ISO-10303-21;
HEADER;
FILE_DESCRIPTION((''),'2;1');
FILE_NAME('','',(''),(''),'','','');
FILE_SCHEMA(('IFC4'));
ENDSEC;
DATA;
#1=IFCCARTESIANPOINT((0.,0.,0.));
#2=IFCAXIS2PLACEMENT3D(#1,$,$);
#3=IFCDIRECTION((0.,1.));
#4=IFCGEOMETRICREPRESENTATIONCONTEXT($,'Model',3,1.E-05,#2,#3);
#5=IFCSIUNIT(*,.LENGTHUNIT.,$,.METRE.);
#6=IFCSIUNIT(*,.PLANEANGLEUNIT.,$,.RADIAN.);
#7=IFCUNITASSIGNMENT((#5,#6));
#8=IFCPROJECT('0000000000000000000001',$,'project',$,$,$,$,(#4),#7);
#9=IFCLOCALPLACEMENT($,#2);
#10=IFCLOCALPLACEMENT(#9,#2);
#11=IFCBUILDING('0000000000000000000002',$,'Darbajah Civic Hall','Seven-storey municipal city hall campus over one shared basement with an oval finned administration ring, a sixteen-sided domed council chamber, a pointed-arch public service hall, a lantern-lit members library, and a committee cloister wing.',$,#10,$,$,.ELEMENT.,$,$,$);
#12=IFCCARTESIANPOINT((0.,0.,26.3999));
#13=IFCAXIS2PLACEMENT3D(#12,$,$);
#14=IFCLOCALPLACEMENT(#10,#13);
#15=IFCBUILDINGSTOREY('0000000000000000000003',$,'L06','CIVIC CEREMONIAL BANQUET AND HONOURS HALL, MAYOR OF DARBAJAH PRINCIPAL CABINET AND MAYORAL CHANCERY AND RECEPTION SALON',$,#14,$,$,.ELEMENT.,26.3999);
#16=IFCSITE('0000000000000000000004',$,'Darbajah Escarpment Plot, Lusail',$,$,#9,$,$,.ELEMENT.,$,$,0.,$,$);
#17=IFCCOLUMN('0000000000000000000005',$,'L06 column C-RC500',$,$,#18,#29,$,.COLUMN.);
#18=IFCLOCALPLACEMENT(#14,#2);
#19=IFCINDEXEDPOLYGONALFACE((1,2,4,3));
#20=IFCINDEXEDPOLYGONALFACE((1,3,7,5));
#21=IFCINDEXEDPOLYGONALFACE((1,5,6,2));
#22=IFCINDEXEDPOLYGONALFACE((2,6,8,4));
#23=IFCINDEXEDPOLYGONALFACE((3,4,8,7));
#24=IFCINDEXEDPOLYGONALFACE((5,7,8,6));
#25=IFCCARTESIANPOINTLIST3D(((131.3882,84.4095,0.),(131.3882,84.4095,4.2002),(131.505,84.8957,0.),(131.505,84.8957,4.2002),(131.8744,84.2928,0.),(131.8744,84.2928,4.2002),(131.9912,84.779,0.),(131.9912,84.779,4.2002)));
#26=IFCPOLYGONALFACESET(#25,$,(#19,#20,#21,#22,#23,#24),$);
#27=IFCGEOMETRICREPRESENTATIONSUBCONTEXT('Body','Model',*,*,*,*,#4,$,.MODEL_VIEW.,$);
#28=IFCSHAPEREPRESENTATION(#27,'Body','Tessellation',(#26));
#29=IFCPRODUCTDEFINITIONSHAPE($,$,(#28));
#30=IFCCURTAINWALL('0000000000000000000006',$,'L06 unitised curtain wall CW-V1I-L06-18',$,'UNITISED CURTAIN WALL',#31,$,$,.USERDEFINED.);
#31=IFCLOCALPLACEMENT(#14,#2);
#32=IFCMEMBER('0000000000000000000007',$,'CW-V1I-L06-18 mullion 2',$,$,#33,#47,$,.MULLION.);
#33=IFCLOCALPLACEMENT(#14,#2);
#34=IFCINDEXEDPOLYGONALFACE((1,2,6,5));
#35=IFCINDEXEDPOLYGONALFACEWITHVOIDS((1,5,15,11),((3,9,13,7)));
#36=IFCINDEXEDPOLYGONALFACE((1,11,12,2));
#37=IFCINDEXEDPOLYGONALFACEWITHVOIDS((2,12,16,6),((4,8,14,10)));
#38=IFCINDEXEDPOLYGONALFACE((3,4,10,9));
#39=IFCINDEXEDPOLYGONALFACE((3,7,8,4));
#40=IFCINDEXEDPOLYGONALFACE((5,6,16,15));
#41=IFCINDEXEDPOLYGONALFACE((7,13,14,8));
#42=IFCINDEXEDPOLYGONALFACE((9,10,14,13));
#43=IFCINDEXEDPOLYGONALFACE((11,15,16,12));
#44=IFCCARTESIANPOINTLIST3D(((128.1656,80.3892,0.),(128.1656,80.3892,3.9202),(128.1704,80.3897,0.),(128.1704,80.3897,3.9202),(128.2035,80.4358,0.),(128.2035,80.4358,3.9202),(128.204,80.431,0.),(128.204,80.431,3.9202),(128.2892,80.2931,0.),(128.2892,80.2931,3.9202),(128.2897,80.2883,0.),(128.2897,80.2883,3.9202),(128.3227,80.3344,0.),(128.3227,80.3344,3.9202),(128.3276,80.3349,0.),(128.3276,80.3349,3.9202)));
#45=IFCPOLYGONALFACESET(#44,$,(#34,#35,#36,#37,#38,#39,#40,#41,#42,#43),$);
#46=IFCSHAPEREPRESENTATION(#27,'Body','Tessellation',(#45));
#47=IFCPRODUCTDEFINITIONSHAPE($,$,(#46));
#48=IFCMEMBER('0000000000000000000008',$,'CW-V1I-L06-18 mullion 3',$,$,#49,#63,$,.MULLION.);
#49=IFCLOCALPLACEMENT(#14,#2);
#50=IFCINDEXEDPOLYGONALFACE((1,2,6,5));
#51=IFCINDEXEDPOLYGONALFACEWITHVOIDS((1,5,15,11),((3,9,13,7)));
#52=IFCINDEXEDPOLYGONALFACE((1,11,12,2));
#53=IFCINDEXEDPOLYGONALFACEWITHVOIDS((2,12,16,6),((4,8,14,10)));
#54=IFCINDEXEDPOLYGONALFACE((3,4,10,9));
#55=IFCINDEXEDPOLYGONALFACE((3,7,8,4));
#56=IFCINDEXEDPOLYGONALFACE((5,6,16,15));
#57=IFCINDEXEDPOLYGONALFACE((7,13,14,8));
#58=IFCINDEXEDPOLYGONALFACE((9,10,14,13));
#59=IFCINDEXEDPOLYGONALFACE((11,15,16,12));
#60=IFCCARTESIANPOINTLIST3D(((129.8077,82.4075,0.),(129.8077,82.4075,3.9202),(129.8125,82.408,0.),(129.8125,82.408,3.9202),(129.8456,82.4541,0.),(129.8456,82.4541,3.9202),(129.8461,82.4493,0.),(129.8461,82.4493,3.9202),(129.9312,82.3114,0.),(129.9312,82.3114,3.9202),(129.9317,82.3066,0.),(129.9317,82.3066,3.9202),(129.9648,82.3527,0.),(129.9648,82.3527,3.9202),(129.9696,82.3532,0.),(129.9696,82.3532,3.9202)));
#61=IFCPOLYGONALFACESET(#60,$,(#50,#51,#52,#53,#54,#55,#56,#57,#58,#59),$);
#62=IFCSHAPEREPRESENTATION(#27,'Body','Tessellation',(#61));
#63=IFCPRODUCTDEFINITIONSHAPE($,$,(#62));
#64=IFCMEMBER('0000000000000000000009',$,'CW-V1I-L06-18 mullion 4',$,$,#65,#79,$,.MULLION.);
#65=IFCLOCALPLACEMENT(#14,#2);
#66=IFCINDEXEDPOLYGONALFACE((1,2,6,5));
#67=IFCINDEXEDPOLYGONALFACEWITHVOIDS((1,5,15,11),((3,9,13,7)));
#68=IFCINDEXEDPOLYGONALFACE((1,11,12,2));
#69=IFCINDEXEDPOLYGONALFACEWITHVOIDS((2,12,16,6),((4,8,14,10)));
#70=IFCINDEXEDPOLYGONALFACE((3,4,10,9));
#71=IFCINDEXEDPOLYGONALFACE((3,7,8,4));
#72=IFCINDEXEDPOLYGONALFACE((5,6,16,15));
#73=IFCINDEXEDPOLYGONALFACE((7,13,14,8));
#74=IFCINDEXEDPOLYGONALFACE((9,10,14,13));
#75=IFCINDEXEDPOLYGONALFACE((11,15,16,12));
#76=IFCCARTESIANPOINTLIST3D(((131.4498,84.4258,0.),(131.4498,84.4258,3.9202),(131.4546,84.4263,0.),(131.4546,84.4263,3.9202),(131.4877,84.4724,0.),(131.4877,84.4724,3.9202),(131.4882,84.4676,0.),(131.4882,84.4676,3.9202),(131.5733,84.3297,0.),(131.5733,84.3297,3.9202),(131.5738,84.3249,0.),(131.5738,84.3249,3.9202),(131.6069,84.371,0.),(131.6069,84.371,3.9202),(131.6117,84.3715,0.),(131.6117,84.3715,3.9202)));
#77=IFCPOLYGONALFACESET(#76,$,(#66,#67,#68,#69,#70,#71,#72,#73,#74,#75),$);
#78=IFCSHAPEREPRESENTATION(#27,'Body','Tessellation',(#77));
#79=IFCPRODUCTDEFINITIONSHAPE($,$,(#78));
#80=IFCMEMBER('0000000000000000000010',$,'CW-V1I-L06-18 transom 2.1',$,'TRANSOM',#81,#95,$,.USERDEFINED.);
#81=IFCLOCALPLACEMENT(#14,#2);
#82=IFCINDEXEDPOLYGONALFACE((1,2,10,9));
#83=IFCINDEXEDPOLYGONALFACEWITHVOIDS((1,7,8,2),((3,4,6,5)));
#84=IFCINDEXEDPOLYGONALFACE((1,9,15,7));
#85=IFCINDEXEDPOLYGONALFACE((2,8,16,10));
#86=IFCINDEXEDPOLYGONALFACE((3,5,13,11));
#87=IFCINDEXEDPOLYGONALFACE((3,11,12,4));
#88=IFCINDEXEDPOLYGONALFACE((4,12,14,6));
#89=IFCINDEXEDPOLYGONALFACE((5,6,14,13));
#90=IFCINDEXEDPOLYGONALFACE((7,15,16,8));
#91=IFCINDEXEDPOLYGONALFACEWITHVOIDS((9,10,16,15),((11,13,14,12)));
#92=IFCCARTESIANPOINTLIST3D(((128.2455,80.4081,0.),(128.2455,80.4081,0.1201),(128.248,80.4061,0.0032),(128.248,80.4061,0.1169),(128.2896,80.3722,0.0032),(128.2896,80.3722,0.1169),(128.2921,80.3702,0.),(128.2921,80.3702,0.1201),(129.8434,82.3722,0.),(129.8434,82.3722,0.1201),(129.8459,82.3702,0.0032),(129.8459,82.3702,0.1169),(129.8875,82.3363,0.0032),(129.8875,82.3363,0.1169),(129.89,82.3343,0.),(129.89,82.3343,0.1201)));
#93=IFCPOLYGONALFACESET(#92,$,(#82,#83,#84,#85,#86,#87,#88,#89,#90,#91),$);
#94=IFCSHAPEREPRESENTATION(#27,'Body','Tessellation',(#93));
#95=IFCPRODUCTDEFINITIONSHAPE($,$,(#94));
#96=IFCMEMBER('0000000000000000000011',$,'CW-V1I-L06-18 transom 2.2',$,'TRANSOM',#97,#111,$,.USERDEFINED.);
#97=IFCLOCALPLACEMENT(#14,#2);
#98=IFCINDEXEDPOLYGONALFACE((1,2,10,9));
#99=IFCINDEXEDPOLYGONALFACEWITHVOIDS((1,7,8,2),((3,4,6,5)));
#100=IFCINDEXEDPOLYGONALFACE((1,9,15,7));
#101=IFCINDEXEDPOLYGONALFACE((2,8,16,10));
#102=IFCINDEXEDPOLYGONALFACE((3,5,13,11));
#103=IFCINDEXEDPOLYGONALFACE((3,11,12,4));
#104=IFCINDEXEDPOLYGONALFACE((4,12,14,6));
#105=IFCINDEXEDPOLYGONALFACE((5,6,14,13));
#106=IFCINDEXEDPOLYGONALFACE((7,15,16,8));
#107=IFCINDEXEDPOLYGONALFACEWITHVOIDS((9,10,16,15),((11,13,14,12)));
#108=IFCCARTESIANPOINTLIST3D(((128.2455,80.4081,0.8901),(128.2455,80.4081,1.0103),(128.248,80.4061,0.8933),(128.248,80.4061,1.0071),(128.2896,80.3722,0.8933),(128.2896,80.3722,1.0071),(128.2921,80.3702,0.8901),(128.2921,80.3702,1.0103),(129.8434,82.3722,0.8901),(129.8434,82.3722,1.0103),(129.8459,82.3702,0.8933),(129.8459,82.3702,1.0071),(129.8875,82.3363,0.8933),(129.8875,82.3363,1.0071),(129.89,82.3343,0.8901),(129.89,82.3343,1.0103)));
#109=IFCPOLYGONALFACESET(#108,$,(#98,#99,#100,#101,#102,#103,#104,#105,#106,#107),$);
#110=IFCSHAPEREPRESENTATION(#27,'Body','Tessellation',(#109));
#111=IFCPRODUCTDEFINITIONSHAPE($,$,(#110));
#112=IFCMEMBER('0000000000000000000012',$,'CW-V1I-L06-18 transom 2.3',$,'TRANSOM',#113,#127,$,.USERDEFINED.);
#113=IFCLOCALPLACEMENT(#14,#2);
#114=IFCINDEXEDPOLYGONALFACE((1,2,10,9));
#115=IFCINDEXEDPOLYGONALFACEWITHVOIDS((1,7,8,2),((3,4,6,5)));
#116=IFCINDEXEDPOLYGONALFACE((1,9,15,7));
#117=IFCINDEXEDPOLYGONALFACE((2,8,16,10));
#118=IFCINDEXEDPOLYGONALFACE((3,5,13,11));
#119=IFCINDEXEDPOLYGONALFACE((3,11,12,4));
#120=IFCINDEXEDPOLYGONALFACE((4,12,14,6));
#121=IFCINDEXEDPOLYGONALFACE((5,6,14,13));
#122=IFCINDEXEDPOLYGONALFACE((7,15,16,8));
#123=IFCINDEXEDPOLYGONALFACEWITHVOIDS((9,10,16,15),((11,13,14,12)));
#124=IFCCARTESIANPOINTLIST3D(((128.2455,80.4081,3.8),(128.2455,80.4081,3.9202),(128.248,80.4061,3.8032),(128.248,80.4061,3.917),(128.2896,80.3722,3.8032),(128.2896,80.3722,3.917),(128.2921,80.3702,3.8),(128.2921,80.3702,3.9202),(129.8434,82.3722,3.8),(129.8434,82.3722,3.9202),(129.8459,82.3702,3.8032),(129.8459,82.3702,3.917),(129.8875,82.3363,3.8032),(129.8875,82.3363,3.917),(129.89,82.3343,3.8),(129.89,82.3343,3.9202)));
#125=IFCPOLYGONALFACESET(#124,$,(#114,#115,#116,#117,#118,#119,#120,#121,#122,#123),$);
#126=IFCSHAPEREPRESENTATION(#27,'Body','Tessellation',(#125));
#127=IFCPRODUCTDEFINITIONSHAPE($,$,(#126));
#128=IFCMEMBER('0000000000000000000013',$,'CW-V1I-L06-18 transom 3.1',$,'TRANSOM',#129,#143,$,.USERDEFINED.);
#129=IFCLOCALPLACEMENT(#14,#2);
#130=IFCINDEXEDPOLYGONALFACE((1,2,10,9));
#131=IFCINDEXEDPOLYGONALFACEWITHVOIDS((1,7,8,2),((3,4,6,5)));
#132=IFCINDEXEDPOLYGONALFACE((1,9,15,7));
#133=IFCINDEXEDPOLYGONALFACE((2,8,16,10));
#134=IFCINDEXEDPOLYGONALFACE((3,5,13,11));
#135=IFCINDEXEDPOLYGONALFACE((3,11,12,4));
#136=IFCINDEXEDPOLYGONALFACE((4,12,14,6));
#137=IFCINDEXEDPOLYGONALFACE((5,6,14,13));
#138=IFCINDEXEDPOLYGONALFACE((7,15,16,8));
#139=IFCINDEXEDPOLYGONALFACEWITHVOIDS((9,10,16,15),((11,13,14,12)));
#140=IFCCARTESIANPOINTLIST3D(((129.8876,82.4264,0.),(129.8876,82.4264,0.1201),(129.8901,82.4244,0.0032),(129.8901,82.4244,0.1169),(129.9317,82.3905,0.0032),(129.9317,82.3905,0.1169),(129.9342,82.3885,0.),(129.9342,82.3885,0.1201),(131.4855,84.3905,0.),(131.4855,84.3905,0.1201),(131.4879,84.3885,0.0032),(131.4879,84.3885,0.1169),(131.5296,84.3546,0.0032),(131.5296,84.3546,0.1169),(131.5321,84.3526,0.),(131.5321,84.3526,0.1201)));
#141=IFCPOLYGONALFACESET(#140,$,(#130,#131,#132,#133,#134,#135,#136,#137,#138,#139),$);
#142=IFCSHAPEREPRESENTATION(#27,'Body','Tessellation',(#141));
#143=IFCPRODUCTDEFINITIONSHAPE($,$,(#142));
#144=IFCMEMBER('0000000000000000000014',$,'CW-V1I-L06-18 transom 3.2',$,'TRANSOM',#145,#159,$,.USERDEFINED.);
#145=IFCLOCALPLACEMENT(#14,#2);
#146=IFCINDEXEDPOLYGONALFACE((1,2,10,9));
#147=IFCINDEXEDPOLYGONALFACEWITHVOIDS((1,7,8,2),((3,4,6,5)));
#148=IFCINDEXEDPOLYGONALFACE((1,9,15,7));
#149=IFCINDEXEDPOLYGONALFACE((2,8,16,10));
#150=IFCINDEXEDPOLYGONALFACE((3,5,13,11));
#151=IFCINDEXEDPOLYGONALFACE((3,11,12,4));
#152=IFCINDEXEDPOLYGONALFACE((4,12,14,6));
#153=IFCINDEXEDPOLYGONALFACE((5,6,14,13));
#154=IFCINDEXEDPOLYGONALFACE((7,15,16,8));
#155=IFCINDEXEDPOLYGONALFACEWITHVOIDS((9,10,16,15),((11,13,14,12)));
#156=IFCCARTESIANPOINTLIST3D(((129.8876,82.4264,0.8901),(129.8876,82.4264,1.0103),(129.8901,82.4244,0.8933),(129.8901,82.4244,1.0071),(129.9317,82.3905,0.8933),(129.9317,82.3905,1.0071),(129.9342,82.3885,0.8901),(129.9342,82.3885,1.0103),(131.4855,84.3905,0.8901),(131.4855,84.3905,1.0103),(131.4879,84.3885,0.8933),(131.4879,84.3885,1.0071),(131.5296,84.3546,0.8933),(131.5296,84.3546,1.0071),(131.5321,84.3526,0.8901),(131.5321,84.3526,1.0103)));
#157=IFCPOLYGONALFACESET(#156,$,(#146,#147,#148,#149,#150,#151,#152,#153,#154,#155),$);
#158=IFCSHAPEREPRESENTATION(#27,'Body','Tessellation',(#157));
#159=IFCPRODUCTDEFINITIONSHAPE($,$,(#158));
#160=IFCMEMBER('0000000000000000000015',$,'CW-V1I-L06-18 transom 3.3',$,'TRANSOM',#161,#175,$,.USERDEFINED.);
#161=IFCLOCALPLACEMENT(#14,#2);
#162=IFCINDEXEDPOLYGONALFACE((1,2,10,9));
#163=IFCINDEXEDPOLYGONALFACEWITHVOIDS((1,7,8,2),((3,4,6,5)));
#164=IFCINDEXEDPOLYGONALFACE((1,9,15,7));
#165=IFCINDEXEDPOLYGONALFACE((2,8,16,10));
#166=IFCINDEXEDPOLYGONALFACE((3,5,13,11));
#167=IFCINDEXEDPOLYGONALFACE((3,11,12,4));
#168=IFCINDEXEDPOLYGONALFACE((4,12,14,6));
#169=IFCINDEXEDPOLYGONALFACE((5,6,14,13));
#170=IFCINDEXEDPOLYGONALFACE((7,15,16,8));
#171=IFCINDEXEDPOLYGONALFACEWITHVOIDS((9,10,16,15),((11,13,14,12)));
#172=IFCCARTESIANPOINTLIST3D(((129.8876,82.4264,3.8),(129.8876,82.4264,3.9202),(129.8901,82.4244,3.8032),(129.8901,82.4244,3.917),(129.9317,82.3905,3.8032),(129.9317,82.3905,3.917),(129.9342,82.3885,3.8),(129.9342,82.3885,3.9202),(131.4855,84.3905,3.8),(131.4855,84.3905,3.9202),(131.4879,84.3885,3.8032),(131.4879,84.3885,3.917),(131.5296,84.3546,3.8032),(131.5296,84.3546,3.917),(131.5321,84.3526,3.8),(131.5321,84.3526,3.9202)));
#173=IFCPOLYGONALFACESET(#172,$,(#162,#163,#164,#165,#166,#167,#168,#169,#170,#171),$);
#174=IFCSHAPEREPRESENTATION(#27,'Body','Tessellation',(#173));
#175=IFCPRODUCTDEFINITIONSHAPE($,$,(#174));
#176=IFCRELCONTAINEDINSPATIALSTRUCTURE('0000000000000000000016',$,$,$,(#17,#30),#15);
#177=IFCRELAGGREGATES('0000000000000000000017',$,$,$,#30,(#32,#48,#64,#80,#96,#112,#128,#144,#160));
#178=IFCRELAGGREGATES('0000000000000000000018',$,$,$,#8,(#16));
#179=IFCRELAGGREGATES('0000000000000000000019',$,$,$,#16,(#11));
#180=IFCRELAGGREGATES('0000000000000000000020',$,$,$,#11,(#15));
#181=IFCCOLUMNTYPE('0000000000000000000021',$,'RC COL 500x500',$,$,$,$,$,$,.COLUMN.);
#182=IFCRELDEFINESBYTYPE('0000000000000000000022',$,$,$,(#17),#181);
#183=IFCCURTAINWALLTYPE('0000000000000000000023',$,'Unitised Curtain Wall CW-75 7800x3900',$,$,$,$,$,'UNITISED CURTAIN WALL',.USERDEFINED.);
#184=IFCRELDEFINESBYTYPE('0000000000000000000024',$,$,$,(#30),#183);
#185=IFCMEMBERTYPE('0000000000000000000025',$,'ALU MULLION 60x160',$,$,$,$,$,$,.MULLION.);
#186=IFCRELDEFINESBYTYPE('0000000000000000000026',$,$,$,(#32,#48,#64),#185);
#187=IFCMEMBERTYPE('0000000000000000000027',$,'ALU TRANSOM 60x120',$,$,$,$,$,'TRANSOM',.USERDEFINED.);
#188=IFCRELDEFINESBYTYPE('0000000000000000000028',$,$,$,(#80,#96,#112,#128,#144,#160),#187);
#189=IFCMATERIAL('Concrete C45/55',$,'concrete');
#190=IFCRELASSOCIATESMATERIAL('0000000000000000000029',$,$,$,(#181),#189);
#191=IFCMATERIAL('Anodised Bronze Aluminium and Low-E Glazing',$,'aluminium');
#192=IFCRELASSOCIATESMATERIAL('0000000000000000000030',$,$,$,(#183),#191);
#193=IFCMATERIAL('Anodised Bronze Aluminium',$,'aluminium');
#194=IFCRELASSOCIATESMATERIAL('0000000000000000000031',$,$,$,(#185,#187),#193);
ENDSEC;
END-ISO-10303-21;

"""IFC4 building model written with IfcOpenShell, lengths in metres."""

from ifc_helpers import new_model, si_unit, direction, frame, origin, origin_2d, place, context, subcontext, project, spatial, rectangle, hollow_rectangle, extrude, material, material_profile, profile_set, type_object, element, aggregate, save


model = new_model("IFC4")

# Units and contexts
model_context = context("Model", 3, precision=1e-05, world=origin(), true_north=direction((0.0, 1.0)))
body_context = subcontext(model_context, "Body", "Model", "MODEL_VIEW")
ifc_project = project(units=[si_unit("LENGTHUNIT", "METRE"), si_unit("PLANEANGLEUNIT", "RADIAN")], contexts=[model_context])

# Site, building, storey
site_placement = place(None, origin())
site = spatial("IfcSite", under=ifc_project, at=site_placement, Name="Darbajah Escarpment Plot, Lusail", CompositionType="ELEMENT", RefElevation=0.0)
building_placement = place(site_placement, origin())
building = spatial("IfcBuilding", under=site, at=building_placement, Name="Darbajah Civic Hall", Description="Seven-storey municipal city hall campus over one shared basement with an oval finned administration ring, a sixteen-sided domed council chamber, a pointed-arch public service hall, a lantern-lit members library, and a committee cloister wing.", CompositionType="ELEMENT")
storey_placement = place(building_placement, frame((0.0, 0.0, 26.3999)))
storey = spatial("IfcBuildingStorey", under=building, at=storey_placement, Name="L06", Description="CIVIC CEREMONIAL BANQUET AND HONOURS HALL, MAYOR OF DARBAJAH PRINCIPAL CABINET AND MAYORAL CHANCERY AND RECEPTION SALON", CompositionType="ELEMENT", Elevation=26.3999)

# Column
ifc_material_1 = material(Name="Concrete C45/55", Category="concrete")
ifc_material_profile_1 = material_profile(ifc_material_1, rectangle(XDim=0.5, YDim=0.5, at=origin_2d()), Name="RC COL 500x500")
ifc_profile_set_1 = profile_set([ifc_material_profile_1], Name="Concrete C45/55")
column_type = type_object("IfcColumnType", Name="RC COL 500x500", PredefinedType="COLUMN", material=ifc_profile_set_1)
column_placement = place(storey_placement, frame((131.6897, 84.5942, 0.0), z_axis=(0.0, 0.0, 1.0), x_axis=(0.97237, -0.233445, 0.0)))
element("IfcColumn", 1, at=column_placement, inside=storey, type_object=column_type, Name="L06 column C-RC500", PredefinedType="COLUMN", context=body_context, shape_type="SweptSolid", body=[
    extrude(rectangle(XDim=0.5, YDim=0.5, at=origin_2d()), origin(), (0.0, 0.0, 1.0), 4.2002),
])

# Curtain wall, members
ifc_material_2 = material(Name="Anodised Bronze Aluminium and Low-E Glazing", Category="aluminium")
curtain_wall_type = type_object("IfcCurtainWallType", Name="Unitised Curtain Wall CW-75 7800x3900", ElementType="UNITISED CURTAIN WALL", PredefinedType="USERDEFINED", material=ifc_material_2)
curtain_wall_placement = place(storey_placement, origin())
curtain_wall = element("IfcCurtainWall", 2, at=curtain_wall_placement, inside=storey, type_object=curtain_wall_type, Name="L06 unitised curtain wall CW-V1I-L06-18", ObjectType="UNITISED CURTAIN WALL", PredefinedType="USERDEFINED")
ifc_material_3 = material(Name="Anodised Bronze Aluminium", Category="aluminium")
ifc_material_profile_2 = material_profile(ifc_material_3, hollow_rectangle(XDim=0.0601, YDim=0.1599, WallThickness=0.0034, at=origin_2d()), Name="ALU MULLION 60x160")
ifc_profile_set_2 = profile_set([ifc_material_profile_2], Name="Anodised Bronze Aluminium")
member_type_1 = type_object("IfcMemberType", Name="ALU MULLION 60x160", PredefinedType="MULLION", material=ifc_profile_set_2)
member_1_placement = place(storey_placement, frame((128.2466, 80.3621, 0.0), z_axis=(0.0, 0.0, 1.0), x_axis=(0.631082, 0.775716, 0.0)))
member_1 = element("IfcMember", 3, at=member_1_placement, type_object=member_type_1, Name="CW-V1I-L06-18 mullion 2", PredefinedType="MULLION", context=body_context, shape_type="SweptSolid", body=[
    extrude(hollow_rectangle(XDim=0.0601, YDim=0.1599, WallThickness=0.0034, at=origin_2d()), origin(), (0.0, 0.0, 1.0), 3.9202),
])
member_2_placement = place(storey_placement, frame((129.8887, 82.3804, 0.0), z_axis=(0.0, 0.0, 1.0), x_axis=(0.631082, 0.775716, 0.0)))
member_2 = element("IfcMember", 4, at=member_2_placement, type_object=member_type_1, Name="CW-V1I-L06-18 mullion 3", PredefinedType="MULLION", context=body_context, shape_type="SweptSolid", body=[
    extrude(hollow_rectangle(XDim=0.0601, YDim=0.1599, WallThickness=0.0034, at=origin_2d()), origin(), (0.0, 0.0, 1.0), 3.9202),
])
member_3_placement = place(storey_placement, frame((131.5308, 84.3987, 0.0), z_axis=(0.0, 0.0, 1.0), x_axis=(0.631082, 0.775716, 0.0)))
member_3 = element("IfcMember", 5, at=member_3_placement, type_object=member_type_1, Name="CW-V1I-L06-18 mullion 4", PredefinedType="MULLION", context=body_context, shape_type="SweptSolid", body=[
    extrude(hollow_rectangle(XDim=0.0601, YDim=0.1599, WallThickness=0.0034, at=origin_2d()), origin(), (0.0, 0.0, 1.0), 3.9202),
])
ifc_material_profile_3 = material_profile(ifc_material_3, hollow_rectangle(XDim=0.0601, YDim=0.1201, WallThickness=0.0032, at=origin_2d()), Name="ALU TRANSOM 60x120")
ifc_profile_set_3 = profile_set([ifc_material_profile_3], Name="Anodised Bronze Aluminium")
member_type_2 = type_object("IfcMemberType", Name="ALU TRANSOM 60x120", ElementType="TRANSOM", PredefinedType="USERDEFINED", material=ifc_profile_set_3)
member_4_placement = place(storey_placement, frame((128.2688, 80.3892, 0.0601), z_axis=(0.631083, 0.775716, 0.0), x_axis=(-0.775716, 0.631083, 0.0)))
member_4 = element("IfcMember", 6, at=member_4_placement, type_object=member_type_2, Name="CW-V1I-L06-18 transom 2.1", ObjectType="TRANSOM", PredefinedType="USERDEFINED", context=body_context, shape_type="SweptSolid", body=[
    extrude(hollow_rectangle(XDim=0.0601, YDim=0.1201, WallThickness=0.0032, at=origin_2d()), origin(), (0.0, 0.0, 1.0), 2.532),
])
member_5_placement = place(storey_placement, frame((128.2688, 80.3892, 0.9502), z_axis=(0.631083, 0.775716, 0.0), x_axis=(-0.775716, 0.631083, 0.0)))
member_5 = element("IfcMember", 7, at=member_5_placement, type_object=member_type_2, Name="CW-V1I-L06-18 transom 2.2", ObjectType="TRANSOM", PredefinedType="USERDEFINED", context=body_context, shape_type="SweptSolid", body=[
    extrude(hollow_rectangle(XDim=0.0601, YDim=0.1201, WallThickness=0.0032, at=origin_2d()), origin(), (0.0, 0.0, 1.0), 2.532),
])
member_6_placement = place(storey_placement, frame((128.2688, 80.3892, 3.8601), z_axis=(0.631083, 0.775716, 0.0), x_axis=(-0.775716, 0.631083, 0.0)))
member_6 = element("IfcMember", 8, at=member_6_placement, type_object=member_type_2, Name="CW-V1I-L06-18 transom 2.3", ObjectType="TRANSOM", PredefinedType="USERDEFINED", context=body_context, shape_type="SweptSolid", body=[
    extrude(hollow_rectangle(XDim=0.0601, YDim=0.1201, WallThickness=0.0032, at=origin_2d()), origin(), (0.0, 0.0, 1.0), 2.532),
])
member_7_placement = place(storey_placement, frame((129.9109, 82.4075, 0.0601), z_axis=(0.631083, 0.775716, 0.0), x_axis=(-0.775716, 0.631083, 0.0)))
member_7 = element("IfcMember", 9, at=member_7_placement, type_object=member_type_2, Name="CW-V1I-L06-18 transom 3.1", ObjectType="TRANSOM", PredefinedType="USERDEFINED", context=body_context, shape_type="SweptSolid", body=[
    extrude(hollow_rectangle(XDim=0.0601, YDim=0.1201, WallThickness=0.0032, at=origin_2d()), origin(), (0.0, 0.0, 1.0), 2.532),
])
member_8_placement = place(storey_placement, frame((129.9109, 82.4075, 0.9502), z_axis=(0.631083, 0.775716, 0.0), x_axis=(-0.775716, 0.631083, 0.0)))
member_8 = element("IfcMember", 10, at=member_8_placement, type_object=member_type_2, Name="CW-V1I-L06-18 transom 3.2", ObjectType="TRANSOM", PredefinedType="USERDEFINED", context=body_context, shape_type="SweptSolid", body=[
    extrude(hollow_rectangle(XDim=0.0601, YDim=0.1201, WallThickness=0.0032, at=origin_2d()), origin(), (0.0, 0.0, 1.0), 2.532),
])
member_9_placement = place(storey_placement, frame((129.9109, 82.4075, 3.8601), z_axis=(0.631083, 0.775716, 0.0), x_axis=(-0.775716, 0.631083, 0.0)))
member_9 = element("IfcMember", 11, at=member_9_placement, type_object=member_type_2, Name="CW-V1I-L06-18 transom 3.3", ObjectType="TRANSOM", PredefinedType="USERDEFINED", context=body_context, shape_type="SweptSolid", body=[
    extrude(hollow_rectangle(XDim=0.0601, YDim=0.1201, WallThickness=0.0032, at=origin_2d()), origin(), (0.0, 0.0, 1.0), 2.532),
])

aggregate(curtain_wall, [member_1, member_2, member_3, member_4, member_5, member_6, member_7, member_8, member_9])

save(model, "model.ifc")
